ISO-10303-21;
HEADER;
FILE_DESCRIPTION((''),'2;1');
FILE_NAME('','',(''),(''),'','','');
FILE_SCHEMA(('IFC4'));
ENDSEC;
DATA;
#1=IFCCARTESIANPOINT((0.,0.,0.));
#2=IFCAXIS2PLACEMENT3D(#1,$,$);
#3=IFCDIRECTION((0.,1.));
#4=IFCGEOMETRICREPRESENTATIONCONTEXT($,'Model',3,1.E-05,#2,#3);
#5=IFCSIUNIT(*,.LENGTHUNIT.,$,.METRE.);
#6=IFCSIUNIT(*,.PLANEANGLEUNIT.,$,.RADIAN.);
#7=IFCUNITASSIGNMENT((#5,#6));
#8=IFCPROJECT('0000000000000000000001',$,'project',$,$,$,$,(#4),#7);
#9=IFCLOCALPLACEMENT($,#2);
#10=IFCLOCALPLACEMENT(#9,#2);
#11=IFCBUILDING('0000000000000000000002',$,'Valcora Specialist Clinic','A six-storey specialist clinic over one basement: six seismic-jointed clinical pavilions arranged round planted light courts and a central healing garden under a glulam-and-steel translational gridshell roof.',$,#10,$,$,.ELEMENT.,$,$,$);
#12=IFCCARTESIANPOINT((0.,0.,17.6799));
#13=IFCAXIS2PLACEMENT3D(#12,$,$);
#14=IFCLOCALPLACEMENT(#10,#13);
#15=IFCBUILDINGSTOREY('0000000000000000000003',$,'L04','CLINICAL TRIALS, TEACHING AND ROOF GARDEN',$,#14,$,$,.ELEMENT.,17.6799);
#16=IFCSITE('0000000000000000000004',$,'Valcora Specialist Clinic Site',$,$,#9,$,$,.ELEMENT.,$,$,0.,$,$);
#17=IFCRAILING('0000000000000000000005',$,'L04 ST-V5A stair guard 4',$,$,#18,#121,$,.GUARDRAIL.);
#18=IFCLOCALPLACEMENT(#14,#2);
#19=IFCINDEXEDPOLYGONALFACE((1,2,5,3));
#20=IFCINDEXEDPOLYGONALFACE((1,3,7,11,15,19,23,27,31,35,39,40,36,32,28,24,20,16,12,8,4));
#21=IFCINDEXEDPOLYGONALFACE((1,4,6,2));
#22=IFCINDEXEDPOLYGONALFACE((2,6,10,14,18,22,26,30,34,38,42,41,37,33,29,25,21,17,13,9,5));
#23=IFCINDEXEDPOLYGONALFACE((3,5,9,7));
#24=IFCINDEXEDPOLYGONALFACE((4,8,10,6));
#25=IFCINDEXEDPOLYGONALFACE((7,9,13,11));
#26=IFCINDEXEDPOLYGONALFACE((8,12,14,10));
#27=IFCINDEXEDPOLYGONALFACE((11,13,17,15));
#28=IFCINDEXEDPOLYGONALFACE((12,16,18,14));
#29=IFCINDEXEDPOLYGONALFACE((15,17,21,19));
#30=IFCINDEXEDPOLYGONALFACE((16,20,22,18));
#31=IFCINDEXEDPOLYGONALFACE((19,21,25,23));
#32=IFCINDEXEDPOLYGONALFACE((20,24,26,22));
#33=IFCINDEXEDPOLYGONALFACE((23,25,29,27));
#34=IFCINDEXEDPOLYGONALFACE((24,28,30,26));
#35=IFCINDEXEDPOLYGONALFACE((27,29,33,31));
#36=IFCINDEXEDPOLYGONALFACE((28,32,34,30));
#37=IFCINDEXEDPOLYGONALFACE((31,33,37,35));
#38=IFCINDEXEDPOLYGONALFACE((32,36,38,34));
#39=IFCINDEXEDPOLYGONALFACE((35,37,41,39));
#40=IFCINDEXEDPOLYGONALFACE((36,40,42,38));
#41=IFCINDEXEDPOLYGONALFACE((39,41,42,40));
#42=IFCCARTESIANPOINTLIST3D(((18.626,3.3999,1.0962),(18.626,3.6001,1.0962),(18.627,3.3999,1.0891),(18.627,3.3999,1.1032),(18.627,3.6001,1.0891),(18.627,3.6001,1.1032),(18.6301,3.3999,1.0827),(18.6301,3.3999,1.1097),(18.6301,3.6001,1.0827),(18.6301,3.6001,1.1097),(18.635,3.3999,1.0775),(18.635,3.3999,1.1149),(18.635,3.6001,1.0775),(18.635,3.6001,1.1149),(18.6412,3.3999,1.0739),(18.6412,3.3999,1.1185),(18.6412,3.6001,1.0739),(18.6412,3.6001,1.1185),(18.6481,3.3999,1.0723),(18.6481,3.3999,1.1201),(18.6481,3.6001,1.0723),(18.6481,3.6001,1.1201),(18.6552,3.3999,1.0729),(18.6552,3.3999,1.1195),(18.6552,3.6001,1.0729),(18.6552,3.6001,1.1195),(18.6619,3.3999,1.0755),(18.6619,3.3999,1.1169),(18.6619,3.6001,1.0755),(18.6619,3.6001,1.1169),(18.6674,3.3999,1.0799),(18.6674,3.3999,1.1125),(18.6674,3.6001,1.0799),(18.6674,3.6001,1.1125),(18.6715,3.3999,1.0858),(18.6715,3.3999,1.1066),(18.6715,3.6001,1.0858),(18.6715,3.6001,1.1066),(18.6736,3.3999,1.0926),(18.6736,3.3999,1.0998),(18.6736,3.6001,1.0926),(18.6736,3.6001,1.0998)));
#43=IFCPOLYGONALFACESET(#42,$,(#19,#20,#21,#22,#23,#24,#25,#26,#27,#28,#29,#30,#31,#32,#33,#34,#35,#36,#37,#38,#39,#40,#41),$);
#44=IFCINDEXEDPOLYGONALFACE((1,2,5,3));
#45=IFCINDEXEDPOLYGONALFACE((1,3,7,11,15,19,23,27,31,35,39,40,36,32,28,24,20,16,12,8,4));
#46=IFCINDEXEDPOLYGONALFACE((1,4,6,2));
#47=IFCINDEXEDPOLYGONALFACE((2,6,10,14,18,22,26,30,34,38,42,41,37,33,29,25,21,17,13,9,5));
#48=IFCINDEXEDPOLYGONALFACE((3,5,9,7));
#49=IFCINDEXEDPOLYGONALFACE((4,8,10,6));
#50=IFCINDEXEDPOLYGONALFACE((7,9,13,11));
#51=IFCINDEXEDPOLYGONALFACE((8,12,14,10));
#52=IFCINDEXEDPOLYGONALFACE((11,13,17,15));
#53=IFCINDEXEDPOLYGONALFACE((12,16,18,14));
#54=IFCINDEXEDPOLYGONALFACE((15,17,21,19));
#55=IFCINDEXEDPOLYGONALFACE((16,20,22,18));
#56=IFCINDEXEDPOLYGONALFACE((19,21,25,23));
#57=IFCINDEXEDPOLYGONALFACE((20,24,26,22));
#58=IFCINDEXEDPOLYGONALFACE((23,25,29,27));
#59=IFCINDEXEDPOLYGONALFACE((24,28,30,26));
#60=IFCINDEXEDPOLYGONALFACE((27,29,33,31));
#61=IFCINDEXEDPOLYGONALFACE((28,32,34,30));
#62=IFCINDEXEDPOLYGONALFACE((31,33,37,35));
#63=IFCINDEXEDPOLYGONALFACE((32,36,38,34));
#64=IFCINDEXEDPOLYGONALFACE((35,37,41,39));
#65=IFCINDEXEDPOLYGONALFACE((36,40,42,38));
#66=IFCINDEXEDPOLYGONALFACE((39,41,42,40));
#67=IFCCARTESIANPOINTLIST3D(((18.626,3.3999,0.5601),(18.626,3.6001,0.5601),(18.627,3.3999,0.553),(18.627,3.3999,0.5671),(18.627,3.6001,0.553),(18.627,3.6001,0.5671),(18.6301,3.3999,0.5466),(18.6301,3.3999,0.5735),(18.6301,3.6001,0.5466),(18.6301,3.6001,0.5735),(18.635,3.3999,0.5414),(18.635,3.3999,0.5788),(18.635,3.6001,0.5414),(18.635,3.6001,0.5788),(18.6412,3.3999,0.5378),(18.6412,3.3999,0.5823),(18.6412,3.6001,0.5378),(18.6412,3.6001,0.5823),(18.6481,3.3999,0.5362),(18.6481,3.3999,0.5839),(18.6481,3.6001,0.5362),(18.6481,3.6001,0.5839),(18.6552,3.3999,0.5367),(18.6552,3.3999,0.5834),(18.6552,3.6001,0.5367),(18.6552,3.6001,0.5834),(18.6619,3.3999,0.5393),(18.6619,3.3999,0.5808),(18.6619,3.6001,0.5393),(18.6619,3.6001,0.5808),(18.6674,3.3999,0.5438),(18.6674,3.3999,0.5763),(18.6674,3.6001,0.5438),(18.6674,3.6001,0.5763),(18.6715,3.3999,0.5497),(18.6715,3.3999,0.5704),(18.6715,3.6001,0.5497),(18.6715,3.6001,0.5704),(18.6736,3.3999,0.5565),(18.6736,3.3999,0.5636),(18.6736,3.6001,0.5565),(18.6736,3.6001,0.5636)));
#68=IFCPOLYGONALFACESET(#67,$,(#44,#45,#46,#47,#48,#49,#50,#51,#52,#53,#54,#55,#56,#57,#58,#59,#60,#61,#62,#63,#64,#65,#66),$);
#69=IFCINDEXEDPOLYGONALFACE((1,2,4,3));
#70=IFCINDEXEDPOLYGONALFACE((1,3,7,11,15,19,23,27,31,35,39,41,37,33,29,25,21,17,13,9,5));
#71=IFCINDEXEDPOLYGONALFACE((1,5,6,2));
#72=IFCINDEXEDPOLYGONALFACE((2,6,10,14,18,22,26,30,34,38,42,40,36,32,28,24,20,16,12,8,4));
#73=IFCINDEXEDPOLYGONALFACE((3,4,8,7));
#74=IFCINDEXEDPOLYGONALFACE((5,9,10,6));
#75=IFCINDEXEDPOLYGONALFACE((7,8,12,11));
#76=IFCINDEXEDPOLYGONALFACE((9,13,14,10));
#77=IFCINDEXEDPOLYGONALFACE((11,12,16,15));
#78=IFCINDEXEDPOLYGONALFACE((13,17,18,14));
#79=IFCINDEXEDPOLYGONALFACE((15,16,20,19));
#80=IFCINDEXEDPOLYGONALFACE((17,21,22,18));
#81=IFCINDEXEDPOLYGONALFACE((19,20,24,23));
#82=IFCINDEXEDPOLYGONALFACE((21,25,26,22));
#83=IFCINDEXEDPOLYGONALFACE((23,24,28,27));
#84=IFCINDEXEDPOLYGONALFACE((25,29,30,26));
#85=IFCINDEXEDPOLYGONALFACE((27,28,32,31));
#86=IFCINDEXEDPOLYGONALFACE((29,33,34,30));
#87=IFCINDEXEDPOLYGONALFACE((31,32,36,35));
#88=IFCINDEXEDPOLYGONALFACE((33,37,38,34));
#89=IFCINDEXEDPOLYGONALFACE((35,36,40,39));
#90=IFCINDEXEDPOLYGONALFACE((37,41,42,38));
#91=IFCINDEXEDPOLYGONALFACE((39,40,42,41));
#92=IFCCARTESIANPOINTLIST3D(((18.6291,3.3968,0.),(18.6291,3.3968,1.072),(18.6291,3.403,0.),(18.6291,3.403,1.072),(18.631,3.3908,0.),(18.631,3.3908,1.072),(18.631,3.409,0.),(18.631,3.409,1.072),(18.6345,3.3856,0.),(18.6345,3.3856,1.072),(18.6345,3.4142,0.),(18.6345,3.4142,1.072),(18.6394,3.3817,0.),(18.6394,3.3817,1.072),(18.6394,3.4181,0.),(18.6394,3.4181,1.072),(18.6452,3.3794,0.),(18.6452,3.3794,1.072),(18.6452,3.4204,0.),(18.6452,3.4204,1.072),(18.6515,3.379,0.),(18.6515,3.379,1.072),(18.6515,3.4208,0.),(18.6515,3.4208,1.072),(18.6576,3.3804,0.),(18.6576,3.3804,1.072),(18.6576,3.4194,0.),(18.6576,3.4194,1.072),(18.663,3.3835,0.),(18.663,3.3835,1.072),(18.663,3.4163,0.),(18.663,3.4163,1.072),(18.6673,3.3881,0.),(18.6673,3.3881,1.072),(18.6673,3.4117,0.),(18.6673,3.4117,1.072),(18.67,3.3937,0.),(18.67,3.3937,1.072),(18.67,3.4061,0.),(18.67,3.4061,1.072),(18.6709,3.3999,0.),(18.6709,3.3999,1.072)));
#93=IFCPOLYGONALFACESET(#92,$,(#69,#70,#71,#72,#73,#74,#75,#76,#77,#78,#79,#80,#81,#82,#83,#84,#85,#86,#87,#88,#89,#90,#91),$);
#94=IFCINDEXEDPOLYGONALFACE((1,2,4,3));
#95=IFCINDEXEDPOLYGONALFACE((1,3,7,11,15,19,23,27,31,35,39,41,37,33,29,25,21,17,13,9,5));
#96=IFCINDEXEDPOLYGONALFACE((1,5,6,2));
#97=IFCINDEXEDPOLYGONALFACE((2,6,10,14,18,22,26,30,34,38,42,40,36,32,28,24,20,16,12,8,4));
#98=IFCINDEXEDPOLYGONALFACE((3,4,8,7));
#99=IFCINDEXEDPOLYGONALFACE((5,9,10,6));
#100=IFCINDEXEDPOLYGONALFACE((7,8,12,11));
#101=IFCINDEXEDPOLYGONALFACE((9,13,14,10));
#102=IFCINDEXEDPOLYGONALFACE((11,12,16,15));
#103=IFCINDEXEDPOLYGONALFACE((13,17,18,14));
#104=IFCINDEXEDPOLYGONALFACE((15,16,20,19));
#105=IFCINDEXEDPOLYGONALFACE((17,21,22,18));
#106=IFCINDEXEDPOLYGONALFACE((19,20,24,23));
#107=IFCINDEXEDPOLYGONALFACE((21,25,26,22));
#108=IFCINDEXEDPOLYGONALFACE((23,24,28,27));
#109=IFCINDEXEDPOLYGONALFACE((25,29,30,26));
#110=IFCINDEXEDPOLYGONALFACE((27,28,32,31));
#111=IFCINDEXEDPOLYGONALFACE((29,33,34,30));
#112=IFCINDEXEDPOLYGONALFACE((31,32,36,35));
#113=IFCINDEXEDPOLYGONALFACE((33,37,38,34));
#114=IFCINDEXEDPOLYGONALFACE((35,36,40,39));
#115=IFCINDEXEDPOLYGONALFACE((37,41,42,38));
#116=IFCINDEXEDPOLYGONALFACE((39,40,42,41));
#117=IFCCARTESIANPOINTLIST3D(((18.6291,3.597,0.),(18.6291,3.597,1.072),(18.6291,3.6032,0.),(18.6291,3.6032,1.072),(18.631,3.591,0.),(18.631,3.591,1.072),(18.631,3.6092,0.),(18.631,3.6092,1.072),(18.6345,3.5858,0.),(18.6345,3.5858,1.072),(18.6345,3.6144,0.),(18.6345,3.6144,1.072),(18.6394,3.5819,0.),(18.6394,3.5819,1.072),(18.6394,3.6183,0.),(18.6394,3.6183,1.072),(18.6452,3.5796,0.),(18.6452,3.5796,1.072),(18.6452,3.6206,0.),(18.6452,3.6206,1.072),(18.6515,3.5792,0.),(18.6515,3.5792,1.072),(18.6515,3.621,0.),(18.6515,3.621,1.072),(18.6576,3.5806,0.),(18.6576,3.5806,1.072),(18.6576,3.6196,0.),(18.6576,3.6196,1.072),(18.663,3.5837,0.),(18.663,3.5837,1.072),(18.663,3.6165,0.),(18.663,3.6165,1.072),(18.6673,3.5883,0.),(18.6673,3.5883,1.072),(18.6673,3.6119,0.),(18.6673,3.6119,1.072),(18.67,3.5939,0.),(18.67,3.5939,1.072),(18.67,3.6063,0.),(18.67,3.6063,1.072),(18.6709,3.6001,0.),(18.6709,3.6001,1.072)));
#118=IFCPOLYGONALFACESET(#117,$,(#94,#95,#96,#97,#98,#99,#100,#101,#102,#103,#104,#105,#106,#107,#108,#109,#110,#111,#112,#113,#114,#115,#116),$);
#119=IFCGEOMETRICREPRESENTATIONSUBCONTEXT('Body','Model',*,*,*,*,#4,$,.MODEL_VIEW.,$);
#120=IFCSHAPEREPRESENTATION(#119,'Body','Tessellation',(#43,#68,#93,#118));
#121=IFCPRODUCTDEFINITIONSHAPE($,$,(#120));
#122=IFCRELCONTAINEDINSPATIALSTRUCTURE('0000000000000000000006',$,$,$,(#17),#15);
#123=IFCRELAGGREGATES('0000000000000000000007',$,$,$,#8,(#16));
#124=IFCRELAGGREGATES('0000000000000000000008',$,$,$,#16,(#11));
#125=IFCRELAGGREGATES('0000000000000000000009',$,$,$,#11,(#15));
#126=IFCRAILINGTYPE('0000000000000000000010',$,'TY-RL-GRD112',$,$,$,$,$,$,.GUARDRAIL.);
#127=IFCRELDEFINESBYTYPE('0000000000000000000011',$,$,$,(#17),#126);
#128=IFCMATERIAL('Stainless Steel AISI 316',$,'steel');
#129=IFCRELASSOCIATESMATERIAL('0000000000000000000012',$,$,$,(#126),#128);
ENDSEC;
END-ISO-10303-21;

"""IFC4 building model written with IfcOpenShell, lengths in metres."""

from ifc_helpers import new_model, si_unit, direction, frame, origin, origin_2d, place, context, subcontext, project, spatial, circle, extrude, material, type_object, element, save


model = new_model("IFC4")

# Units and contexts
model_context = context("Model", 3, precision=1e-05, world=origin(), true_north=direction((0.0, 1.0)))
body_context = subcontext(model_context, "Body", "Model", "MODEL_VIEW")
ifc_project = project(units=[si_unit("LENGTHUNIT", "METRE"), si_unit("PLANEANGLEUNIT", "RADIAN")], contexts=[model_context])

# Site, building, storey
site_placement = place(None, origin())
site = spatial("IfcSite", under=ifc_project, at=site_placement, Name="Valcora Specialist Clinic Site", CompositionType="ELEMENT", RefElevation=0.0)
building_placement = place(site_placement, origin())
building = spatial("IfcBuilding", under=site, at=building_placement, Name="Valcora Specialist Clinic", Description="A six-storey specialist clinic over one basement: six seismic-jointed clinical pavilions arranged round planted light courts and a central healing garden under a glulam-and-steel translational gridshell roof.", CompositionType="ELEMENT")
storey_placement = place(building_placement, frame((0.0, 0.0, 17.6799)))
storey = spatial("IfcBuildingStorey", under=building, at=storey_placement, Name="L04", Description="CLINICAL TRIALS, TEACHING AND ROOF GARDEN", CompositionType="ELEMENT", Elevation=17.6799)

# Railing
ifc_material_1 = material(Name="Stainless Steel AISI 316", Category="steel")
railing_type_1 = type_object("IfcRailingType", Name="TY-RL-GRD112", PredefinedType="GUARDRAIL", material=ifc_material_1)
railing_1_placement = place(storey_placement, frame((18.6499, 3.3999, 0.0)))
element("IfcRailing", 1, at=railing_1_placement, inside=storey, type_object=railing_type_1, Name="L04 ST-V5A stair guard 4", PredefinedType="GUARDRAIL", context=body_context, shape_type="SweptSolid", body=[
    extrude(circle(Radius=0.0239, at=origin_2d()), frame((0.0, 0.0, 1.0962), z_axis=(0.0, 1.0, 0.0), x_axis=(-1.0, 0.0, 0.0)), (0.0, 0.0, 1.0), 0.2002),
    extrude(circle(Radius=0.0239, at=origin_2d()), frame((0.0, 0.0, 0.5601), z_axis=(0.0, 1.0, 0.0), x_axis=(-1.0, 0.0, 0.0)), (0.0, 0.0, 1.0), 0.2002),
    extrude(circle(Radius=0.021, at=origin_2d()), origin(), (0.0, 0.0, 1.0), 1.072),
    extrude(circle(Radius=0.021, at=origin_2d()), frame((0.0, 0.2002, 0.0)), (0.0, 0.0, 1.0), 1.072),
])

save(model, "model.ifc")
